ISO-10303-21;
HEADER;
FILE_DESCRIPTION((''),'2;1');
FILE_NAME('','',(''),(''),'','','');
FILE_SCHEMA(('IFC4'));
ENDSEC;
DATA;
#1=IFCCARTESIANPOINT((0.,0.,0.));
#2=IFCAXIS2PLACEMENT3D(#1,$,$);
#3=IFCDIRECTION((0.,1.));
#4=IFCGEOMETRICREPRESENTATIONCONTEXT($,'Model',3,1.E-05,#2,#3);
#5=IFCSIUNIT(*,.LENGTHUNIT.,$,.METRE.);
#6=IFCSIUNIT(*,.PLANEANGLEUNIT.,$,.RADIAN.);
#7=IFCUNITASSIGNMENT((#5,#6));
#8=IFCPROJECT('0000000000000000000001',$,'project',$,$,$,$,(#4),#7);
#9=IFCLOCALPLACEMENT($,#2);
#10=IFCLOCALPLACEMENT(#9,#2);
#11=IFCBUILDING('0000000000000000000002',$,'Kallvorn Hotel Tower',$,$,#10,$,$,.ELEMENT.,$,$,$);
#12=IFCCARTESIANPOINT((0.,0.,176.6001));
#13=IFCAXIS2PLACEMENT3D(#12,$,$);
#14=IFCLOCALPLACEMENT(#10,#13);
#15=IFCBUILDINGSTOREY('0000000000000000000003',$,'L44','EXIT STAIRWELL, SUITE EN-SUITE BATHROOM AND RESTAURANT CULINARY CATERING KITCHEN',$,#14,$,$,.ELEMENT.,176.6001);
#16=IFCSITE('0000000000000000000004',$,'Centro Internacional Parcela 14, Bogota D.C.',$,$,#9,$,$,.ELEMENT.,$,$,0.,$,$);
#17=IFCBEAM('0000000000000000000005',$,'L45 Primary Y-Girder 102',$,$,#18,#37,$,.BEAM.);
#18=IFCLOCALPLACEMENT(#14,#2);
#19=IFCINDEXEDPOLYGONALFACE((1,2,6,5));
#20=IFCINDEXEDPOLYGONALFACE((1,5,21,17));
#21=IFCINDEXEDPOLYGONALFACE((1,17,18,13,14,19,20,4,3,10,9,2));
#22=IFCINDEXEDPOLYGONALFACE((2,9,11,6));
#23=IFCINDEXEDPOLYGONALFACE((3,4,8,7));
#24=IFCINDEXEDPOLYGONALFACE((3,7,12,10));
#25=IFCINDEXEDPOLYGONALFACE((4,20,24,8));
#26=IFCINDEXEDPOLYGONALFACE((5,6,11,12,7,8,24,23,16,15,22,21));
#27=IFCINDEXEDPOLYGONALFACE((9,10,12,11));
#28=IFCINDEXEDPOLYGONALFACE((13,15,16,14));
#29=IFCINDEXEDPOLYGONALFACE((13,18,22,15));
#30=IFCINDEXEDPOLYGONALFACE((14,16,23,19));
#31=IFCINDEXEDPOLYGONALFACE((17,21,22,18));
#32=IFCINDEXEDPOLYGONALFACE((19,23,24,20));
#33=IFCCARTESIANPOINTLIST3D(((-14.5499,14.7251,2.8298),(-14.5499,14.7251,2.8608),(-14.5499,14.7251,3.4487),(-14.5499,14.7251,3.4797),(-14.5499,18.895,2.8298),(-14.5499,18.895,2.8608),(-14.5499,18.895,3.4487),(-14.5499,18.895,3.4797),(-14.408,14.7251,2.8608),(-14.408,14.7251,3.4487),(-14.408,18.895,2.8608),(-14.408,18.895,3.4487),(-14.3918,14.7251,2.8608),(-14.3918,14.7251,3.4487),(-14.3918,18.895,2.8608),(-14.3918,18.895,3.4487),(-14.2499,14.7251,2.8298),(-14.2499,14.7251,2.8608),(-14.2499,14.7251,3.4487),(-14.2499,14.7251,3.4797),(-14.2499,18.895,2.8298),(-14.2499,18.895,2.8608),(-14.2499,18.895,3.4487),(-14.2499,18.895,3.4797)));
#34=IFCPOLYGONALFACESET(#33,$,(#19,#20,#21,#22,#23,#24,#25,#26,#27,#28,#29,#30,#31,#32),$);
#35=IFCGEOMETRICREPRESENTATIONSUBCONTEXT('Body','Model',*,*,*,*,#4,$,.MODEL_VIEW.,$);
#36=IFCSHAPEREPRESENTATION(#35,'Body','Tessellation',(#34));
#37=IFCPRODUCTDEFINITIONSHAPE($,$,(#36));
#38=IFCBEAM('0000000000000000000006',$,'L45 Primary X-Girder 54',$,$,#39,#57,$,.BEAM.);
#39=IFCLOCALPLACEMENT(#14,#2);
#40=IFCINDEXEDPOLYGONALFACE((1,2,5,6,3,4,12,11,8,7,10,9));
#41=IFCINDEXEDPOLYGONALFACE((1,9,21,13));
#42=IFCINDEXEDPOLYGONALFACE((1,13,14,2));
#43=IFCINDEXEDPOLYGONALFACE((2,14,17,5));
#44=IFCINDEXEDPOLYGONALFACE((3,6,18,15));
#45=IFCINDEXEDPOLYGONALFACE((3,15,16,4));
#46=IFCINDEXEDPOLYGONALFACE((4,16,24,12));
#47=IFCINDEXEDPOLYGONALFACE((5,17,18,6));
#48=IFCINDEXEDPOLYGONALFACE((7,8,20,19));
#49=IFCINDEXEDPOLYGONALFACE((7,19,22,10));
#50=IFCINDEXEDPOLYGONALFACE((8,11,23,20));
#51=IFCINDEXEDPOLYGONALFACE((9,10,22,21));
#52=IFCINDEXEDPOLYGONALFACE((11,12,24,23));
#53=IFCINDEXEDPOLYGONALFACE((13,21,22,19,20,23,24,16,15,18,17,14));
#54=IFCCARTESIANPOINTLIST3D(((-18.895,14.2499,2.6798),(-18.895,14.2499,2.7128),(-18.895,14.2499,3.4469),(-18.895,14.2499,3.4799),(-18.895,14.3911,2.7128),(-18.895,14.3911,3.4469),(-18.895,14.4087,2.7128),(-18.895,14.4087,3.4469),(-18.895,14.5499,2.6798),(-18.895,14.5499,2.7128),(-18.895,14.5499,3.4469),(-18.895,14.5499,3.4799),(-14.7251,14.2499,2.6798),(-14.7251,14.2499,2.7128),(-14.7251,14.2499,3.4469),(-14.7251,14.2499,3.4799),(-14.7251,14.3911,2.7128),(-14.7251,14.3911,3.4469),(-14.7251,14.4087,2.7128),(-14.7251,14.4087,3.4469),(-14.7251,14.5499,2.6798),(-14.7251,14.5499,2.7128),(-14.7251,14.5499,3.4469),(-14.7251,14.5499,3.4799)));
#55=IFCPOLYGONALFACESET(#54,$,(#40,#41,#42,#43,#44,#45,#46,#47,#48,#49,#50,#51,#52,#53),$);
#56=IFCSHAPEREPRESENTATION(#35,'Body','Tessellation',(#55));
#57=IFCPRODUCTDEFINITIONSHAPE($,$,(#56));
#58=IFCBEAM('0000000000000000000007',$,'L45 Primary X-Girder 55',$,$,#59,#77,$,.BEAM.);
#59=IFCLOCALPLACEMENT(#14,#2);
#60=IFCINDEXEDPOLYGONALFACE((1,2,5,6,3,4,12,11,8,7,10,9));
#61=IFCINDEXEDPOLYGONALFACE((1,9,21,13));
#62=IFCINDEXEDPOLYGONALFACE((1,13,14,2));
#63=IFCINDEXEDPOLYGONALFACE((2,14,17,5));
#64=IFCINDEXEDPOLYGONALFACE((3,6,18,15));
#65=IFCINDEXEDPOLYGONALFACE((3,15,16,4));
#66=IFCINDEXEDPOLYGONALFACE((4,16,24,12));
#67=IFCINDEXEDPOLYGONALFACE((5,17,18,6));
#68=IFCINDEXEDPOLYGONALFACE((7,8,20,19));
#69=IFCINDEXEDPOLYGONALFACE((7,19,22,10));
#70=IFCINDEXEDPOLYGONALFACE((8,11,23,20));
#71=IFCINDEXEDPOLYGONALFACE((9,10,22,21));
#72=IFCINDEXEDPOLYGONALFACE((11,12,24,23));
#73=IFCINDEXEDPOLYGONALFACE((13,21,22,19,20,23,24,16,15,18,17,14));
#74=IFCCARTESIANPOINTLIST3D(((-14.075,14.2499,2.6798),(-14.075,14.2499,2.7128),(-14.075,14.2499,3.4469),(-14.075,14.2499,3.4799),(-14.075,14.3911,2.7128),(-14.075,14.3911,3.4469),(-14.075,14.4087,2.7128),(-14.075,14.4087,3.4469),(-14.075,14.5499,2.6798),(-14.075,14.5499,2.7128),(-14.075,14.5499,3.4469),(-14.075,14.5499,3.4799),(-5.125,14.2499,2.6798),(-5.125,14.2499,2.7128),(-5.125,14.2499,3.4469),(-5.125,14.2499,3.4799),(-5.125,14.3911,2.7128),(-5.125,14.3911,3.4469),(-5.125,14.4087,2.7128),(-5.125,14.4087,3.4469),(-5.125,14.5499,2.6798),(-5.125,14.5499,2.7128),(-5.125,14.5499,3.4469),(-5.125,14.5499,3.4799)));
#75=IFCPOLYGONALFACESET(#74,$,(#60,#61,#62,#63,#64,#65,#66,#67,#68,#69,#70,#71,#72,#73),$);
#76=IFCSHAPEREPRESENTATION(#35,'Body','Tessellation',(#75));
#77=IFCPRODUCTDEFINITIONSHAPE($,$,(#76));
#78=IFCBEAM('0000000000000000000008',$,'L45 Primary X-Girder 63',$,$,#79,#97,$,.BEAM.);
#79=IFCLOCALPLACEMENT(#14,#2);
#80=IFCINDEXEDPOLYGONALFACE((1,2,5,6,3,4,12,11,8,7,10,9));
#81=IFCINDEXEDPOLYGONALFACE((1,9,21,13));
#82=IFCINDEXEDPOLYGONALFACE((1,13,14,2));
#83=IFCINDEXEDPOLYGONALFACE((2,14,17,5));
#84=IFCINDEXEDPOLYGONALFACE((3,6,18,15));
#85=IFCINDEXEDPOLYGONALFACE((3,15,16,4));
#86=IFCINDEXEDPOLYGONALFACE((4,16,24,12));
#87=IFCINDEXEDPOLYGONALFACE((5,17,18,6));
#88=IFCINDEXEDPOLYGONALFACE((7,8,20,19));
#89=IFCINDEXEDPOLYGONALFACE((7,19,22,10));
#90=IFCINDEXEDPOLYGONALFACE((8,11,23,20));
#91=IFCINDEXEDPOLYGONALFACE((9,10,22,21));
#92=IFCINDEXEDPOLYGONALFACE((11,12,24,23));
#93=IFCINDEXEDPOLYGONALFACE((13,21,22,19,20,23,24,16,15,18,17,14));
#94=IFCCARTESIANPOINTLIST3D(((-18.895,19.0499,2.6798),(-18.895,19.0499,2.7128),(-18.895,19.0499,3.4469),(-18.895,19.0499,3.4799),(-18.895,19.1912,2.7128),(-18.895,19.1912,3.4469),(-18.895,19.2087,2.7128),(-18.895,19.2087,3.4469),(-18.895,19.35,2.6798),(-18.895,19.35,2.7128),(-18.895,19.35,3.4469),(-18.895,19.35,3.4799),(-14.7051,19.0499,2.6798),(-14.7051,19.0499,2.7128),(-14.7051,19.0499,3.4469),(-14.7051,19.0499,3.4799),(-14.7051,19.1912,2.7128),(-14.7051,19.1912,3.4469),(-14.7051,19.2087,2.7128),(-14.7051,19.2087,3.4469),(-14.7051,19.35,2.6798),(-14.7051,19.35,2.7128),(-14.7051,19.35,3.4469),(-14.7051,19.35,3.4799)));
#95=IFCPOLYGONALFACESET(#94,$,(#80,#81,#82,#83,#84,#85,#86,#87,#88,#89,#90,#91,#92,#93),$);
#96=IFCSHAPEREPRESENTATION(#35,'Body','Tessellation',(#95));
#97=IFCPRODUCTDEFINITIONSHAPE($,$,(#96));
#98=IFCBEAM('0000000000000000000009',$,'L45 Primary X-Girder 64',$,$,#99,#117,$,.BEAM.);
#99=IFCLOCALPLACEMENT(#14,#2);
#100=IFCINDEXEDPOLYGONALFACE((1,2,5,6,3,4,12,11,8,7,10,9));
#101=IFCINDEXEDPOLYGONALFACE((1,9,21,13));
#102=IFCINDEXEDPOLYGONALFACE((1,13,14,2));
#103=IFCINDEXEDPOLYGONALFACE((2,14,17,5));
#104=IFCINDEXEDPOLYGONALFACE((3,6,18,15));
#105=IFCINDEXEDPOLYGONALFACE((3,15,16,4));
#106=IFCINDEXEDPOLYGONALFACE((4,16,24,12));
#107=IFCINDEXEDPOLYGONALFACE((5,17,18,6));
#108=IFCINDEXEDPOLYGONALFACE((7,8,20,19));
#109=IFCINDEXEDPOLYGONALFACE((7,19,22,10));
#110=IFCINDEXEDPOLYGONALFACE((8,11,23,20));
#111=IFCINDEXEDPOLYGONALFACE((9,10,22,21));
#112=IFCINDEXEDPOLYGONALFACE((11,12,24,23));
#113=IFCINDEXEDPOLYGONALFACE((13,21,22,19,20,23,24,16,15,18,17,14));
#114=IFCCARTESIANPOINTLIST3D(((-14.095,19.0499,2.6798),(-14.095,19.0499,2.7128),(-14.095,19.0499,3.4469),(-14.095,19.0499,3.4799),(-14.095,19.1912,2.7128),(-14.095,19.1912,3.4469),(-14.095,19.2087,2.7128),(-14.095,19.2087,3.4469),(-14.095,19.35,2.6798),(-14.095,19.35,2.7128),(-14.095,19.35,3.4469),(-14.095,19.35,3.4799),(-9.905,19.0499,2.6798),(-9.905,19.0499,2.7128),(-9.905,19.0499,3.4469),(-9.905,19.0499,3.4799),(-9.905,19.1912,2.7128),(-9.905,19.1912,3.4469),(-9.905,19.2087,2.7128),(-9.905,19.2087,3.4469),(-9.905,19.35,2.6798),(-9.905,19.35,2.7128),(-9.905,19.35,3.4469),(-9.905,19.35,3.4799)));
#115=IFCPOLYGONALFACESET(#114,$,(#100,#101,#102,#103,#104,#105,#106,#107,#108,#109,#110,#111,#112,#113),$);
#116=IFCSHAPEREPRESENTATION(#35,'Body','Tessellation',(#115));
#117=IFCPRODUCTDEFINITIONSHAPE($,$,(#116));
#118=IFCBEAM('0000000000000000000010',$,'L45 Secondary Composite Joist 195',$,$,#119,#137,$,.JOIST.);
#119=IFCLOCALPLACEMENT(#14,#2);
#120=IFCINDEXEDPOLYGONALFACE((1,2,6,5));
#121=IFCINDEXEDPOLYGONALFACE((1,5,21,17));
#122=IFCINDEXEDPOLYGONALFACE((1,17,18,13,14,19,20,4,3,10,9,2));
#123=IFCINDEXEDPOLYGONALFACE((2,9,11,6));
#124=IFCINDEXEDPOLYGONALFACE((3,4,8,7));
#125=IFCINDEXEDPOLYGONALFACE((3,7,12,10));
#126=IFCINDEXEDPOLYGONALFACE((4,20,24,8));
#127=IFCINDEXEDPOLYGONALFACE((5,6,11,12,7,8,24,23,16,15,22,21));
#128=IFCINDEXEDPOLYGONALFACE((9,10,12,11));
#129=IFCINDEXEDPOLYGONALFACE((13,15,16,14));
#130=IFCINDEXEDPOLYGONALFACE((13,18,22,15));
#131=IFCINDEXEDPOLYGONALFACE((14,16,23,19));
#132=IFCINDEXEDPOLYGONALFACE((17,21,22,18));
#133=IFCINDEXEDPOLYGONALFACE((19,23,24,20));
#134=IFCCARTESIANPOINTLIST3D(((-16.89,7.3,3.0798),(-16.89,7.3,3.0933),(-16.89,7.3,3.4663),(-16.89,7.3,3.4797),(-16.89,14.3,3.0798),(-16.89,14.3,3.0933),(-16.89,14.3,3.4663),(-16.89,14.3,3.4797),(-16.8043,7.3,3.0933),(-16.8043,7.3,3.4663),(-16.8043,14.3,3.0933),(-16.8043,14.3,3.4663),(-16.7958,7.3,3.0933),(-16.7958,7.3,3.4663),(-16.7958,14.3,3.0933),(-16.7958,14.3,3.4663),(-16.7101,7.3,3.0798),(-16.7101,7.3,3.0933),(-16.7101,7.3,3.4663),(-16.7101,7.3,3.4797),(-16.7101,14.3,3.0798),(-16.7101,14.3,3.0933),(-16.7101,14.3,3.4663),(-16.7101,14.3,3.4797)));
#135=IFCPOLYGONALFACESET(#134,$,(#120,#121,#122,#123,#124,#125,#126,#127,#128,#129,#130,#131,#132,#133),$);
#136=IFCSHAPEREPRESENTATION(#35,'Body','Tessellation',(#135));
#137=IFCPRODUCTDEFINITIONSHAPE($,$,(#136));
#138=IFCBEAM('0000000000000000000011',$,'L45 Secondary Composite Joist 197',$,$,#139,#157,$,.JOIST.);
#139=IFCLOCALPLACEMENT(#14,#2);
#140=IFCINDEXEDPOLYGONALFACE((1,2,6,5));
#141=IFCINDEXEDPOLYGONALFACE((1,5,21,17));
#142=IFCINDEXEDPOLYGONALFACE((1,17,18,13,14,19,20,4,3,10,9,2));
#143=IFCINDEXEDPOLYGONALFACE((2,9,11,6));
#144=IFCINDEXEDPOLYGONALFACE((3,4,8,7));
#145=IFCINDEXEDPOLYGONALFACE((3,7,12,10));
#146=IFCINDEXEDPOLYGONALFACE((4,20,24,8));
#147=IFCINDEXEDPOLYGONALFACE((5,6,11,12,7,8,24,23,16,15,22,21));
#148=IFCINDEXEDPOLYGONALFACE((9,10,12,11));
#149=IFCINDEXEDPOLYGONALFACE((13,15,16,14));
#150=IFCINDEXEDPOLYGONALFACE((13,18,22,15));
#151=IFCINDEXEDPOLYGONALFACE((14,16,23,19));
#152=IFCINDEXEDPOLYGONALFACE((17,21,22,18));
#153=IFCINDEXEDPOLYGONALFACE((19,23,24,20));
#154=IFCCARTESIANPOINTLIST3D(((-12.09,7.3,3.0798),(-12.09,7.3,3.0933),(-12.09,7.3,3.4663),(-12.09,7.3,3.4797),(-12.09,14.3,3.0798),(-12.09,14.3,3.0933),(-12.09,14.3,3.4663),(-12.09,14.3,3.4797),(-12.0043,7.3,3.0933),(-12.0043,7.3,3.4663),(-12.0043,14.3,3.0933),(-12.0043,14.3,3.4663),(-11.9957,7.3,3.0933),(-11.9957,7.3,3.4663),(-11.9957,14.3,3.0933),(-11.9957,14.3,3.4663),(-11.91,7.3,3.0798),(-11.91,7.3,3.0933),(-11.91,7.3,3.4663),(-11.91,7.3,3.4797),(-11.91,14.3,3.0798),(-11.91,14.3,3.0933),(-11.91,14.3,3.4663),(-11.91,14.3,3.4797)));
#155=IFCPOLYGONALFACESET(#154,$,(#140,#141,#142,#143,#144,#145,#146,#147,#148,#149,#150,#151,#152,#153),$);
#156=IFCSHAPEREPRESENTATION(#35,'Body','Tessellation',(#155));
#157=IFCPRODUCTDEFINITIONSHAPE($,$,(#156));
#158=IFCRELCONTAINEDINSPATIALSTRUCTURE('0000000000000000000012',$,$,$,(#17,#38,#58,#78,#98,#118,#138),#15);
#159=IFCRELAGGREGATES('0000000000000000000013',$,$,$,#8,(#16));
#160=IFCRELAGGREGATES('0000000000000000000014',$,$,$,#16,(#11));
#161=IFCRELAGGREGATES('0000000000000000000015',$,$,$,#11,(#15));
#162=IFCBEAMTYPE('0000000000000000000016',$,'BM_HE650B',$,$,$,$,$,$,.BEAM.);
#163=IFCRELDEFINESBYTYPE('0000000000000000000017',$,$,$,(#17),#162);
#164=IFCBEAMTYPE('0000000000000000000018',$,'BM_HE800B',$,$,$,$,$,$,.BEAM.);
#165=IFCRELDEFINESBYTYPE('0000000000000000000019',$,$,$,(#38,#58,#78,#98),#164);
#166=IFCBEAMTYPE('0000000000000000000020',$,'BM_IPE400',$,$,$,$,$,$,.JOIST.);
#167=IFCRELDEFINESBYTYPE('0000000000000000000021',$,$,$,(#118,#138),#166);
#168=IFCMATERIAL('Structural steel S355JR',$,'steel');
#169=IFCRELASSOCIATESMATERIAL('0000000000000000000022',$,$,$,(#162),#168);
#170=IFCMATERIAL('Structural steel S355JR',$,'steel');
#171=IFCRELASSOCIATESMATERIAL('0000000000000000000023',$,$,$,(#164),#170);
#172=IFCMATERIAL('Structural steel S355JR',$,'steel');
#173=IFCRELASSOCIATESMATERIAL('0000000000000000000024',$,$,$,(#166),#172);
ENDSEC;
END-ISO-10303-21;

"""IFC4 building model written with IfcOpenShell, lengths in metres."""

from ifc_helpers import new_model, si_unit, direction, frame, origin, origin_2d, place, context, subcontext, project, spatial, i_section, extrude, material, material_profile, profile_set, type_object, element, save


model = new_model("IFC4")

# Units and contexts
model_context = context("Model", 3, precision=1e-05, world=origin(), true_north=direction((0.0, 1.0)))
body_context = subcontext(model_context, "Body", "Model", "MODEL_VIEW")
ifc_project = project(units=[si_unit("LENGTHUNIT", "METRE"), si_unit("PLANEANGLEUNIT", "RADIAN")], contexts=[model_context])

# Site, building, storey
site_placement = place(None, origin())
site = spatial("IfcSite", under=ifc_project, at=site_placement, Name="Centro Internacional Parcela 14, Bogota D.C.", CompositionType="ELEMENT", RefElevation=0.0)
building_placement = place(site_placement, origin())
building = spatial("IfcBuilding", under=site, at=building_placement, Name="Kallvorn Hotel Tower", CompositionType="ELEMENT")
storey_placement = place(building_placement, frame((0.0, 0.0, 176.6001)))
storey = spatial("IfcBuildingStorey", under=building, at=storey_placement, Name="L44", Description="EXIT STAIRWELL, SUITE EN-SUITE BATHROOM AND RESTAURANT CULINARY CATERING KITCHEN", CompositionType="ELEMENT", Elevation=176.6001)

# Beams
ifc_material_1 = material(Name="Structural steel S355JR", Category="steel")
ifc_material_profile_1 = material_profile(ifc_material_1, i_section(OverallWidth=0.3, OverallDepth=0.6499, WebThickness=0.0161, FlangeThickness=0.031, at=origin_2d()), Name="HE 650 B")
ifc_profile_set_1 = profile_set([ifc_material_profile_1], Name="Structural steel S355JR")
beam_type_1 = type_object("IfcBeamType", Name="BM_HE650B", PredefinedType="BEAM", material=ifc_profile_set_1)
beam_1_placement = place(storey_placement, frame((-14.3999, 14.7251, 3.1548), z_axis=(0.0, 1.0, 0.0), x_axis=(-1.0, 0.0, 0.0)))
element("IfcBeam", 1, at=beam_1_placement, inside=storey, type_object=beam_type_1, Name="L45 Primary Y-Girder 102", PredefinedType="BEAM", context=body_context, shape_type="SweptSolid", body=[
    extrude(i_section(OverallWidth=0.3, OverallDepth=0.6499, WebThickness=0.0161, FlangeThickness=0.031, at=origin_2d()), origin(), (0.0, 0.0, 1.0), 4.1699),
])
ifc_material_2 = material(Name="Structural steel S355JR", Category="steel")
ifc_material_profile_2 = material_profile(ifc_material_2, i_section(OverallWidth=0.3, OverallDepth=0.8, WebThickness=0.0176, FlangeThickness=0.033, at=origin_2d()), Name="HE 800 B")
ifc_profile_set_2 = profile_set([ifc_material_profile_2], Name="Structural steel S355JR")
beam_type_2 = type_object("IfcBeamType", Name="BM_HE800B", PredefinedType="BEAM", material=ifc_profile_set_2)
beam_2_placement = place(storey_placement, frame((-18.895, 14.3999, 3.0798), z_axis=(1.0, 0.0, 0.0), x_axis=(0.0, 1.0, 0.0)))
element("IfcBeam", 2, at=beam_2_placement, inside=storey, type_object=beam_type_2, Name="L45 Primary X-Girder 54", PredefinedType="BEAM", context=body_context, shape_type="SweptSolid", body=[
    extrude(i_section(OverallWidth=0.3, OverallDepth=0.8, WebThickness=0.0176, FlangeThickness=0.033, at=origin_2d()), origin(), (0.0, 0.0, 1.0), 4.1699),
])
beam_3_placement = place(storey_placement, frame((-14.075, 14.3999, 3.0798), z_axis=(1.0, 0.0, 0.0), x_axis=(0.0, 1.0, 0.0)))
element("IfcBeam", 3, at=beam_3_placement, inside=storey, type_object=beam_type_2, Name="L45 Primary X-Girder 55", PredefinedType="BEAM", context=body_context, shape_type="SweptSolid", body=[
    extrude(i_section(OverallWidth=0.3, OverallDepth=0.8, WebThickness=0.0176, FlangeThickness=0.033, at=origin_2d()), origin(), (0.0, 0.0, 1.0), 8.95),
])
for number, where, z_axis, x_axis, name in (
    (4, (-18.895, 19.2, 3.0798), (1.0, 0.0, 0.0), (0.0, 1.0, 0.0), "L45 Primary X-Girder 63"),
    (5, (-14.095, 19.2, 3.0798), (1.0, 0.0, 0.0), (0.0, 1.0, 0.0), "L45 Primary X-Girder 64"),
):
    element("IfcBeam", number, at=place(storey_placement, frame(where, z_axis=z_axis, x_axis=x_axis)), inside=storey, type_object=beam_type_2, Name=name, PredefinedType="BEAM", context=body_context, shape_type="SweptSolid", body=[
        extrude(i_section(OverallWidth=0.3, OverallDepth=0.8, WebThickness=0.0176, FlangeThickness=0.033, at=origin_2d()), origin(), (0.0, 0.0, 1.0), 4.1899),
    ])
ifc_material_3 = material(Name="Structural steel S355JR", Category="steel")
ifc_material_profile_3 = material_profile(ifc_material_3, i_section(OverallWidth=0.1799, OverallDepth=0.3999, WebThickness=0.0085, FlangeThickness=0.0134, at=origin_2d()), Name="IPE 400")
ifc_profile_set_3 = profile_set([ifc_material_profile_3], Name="Structural steel S355JR")
beam_type_3 = type_object("IfcBeamType", Name="BM_IPE400", PredefinedType="JOIST", material=ifc_profile_set_3)
for number, where, z_axis, x_axis, name in (
    (6, (-16.8, 7.3, 3.2798), (0.0, 1.0, 0.0), (-1.0, 0.0, 0.0), "L45 Secondary Composite Joist 195"),
    (7, (-12.0, 7.3, 3.2798), (0.0, 1.0, 0.0), (-1.0, 0.0, 0.0), "L45 Secondary Composite Joist 197"),
):
    element("IfcBeam", number, at=place(storey_placement, frame(where, z_axis=z_axis, x_axis=x_axis)), inside=storey, type_object=beam_type_3, Name=name, PredefinedType="JOIST", context=body_context, shape_type="SweptSolid", body=[
        extrude(i_section(OverallWidth=0.1799, OverallDepth=0.3999, WebThickness=0.0085, FlangeThickness=0.0134, at=origin_2d()), origin(), (0.0, 0.0, 1.0), 7.0),
    ])

save(model, "model.ifc")
